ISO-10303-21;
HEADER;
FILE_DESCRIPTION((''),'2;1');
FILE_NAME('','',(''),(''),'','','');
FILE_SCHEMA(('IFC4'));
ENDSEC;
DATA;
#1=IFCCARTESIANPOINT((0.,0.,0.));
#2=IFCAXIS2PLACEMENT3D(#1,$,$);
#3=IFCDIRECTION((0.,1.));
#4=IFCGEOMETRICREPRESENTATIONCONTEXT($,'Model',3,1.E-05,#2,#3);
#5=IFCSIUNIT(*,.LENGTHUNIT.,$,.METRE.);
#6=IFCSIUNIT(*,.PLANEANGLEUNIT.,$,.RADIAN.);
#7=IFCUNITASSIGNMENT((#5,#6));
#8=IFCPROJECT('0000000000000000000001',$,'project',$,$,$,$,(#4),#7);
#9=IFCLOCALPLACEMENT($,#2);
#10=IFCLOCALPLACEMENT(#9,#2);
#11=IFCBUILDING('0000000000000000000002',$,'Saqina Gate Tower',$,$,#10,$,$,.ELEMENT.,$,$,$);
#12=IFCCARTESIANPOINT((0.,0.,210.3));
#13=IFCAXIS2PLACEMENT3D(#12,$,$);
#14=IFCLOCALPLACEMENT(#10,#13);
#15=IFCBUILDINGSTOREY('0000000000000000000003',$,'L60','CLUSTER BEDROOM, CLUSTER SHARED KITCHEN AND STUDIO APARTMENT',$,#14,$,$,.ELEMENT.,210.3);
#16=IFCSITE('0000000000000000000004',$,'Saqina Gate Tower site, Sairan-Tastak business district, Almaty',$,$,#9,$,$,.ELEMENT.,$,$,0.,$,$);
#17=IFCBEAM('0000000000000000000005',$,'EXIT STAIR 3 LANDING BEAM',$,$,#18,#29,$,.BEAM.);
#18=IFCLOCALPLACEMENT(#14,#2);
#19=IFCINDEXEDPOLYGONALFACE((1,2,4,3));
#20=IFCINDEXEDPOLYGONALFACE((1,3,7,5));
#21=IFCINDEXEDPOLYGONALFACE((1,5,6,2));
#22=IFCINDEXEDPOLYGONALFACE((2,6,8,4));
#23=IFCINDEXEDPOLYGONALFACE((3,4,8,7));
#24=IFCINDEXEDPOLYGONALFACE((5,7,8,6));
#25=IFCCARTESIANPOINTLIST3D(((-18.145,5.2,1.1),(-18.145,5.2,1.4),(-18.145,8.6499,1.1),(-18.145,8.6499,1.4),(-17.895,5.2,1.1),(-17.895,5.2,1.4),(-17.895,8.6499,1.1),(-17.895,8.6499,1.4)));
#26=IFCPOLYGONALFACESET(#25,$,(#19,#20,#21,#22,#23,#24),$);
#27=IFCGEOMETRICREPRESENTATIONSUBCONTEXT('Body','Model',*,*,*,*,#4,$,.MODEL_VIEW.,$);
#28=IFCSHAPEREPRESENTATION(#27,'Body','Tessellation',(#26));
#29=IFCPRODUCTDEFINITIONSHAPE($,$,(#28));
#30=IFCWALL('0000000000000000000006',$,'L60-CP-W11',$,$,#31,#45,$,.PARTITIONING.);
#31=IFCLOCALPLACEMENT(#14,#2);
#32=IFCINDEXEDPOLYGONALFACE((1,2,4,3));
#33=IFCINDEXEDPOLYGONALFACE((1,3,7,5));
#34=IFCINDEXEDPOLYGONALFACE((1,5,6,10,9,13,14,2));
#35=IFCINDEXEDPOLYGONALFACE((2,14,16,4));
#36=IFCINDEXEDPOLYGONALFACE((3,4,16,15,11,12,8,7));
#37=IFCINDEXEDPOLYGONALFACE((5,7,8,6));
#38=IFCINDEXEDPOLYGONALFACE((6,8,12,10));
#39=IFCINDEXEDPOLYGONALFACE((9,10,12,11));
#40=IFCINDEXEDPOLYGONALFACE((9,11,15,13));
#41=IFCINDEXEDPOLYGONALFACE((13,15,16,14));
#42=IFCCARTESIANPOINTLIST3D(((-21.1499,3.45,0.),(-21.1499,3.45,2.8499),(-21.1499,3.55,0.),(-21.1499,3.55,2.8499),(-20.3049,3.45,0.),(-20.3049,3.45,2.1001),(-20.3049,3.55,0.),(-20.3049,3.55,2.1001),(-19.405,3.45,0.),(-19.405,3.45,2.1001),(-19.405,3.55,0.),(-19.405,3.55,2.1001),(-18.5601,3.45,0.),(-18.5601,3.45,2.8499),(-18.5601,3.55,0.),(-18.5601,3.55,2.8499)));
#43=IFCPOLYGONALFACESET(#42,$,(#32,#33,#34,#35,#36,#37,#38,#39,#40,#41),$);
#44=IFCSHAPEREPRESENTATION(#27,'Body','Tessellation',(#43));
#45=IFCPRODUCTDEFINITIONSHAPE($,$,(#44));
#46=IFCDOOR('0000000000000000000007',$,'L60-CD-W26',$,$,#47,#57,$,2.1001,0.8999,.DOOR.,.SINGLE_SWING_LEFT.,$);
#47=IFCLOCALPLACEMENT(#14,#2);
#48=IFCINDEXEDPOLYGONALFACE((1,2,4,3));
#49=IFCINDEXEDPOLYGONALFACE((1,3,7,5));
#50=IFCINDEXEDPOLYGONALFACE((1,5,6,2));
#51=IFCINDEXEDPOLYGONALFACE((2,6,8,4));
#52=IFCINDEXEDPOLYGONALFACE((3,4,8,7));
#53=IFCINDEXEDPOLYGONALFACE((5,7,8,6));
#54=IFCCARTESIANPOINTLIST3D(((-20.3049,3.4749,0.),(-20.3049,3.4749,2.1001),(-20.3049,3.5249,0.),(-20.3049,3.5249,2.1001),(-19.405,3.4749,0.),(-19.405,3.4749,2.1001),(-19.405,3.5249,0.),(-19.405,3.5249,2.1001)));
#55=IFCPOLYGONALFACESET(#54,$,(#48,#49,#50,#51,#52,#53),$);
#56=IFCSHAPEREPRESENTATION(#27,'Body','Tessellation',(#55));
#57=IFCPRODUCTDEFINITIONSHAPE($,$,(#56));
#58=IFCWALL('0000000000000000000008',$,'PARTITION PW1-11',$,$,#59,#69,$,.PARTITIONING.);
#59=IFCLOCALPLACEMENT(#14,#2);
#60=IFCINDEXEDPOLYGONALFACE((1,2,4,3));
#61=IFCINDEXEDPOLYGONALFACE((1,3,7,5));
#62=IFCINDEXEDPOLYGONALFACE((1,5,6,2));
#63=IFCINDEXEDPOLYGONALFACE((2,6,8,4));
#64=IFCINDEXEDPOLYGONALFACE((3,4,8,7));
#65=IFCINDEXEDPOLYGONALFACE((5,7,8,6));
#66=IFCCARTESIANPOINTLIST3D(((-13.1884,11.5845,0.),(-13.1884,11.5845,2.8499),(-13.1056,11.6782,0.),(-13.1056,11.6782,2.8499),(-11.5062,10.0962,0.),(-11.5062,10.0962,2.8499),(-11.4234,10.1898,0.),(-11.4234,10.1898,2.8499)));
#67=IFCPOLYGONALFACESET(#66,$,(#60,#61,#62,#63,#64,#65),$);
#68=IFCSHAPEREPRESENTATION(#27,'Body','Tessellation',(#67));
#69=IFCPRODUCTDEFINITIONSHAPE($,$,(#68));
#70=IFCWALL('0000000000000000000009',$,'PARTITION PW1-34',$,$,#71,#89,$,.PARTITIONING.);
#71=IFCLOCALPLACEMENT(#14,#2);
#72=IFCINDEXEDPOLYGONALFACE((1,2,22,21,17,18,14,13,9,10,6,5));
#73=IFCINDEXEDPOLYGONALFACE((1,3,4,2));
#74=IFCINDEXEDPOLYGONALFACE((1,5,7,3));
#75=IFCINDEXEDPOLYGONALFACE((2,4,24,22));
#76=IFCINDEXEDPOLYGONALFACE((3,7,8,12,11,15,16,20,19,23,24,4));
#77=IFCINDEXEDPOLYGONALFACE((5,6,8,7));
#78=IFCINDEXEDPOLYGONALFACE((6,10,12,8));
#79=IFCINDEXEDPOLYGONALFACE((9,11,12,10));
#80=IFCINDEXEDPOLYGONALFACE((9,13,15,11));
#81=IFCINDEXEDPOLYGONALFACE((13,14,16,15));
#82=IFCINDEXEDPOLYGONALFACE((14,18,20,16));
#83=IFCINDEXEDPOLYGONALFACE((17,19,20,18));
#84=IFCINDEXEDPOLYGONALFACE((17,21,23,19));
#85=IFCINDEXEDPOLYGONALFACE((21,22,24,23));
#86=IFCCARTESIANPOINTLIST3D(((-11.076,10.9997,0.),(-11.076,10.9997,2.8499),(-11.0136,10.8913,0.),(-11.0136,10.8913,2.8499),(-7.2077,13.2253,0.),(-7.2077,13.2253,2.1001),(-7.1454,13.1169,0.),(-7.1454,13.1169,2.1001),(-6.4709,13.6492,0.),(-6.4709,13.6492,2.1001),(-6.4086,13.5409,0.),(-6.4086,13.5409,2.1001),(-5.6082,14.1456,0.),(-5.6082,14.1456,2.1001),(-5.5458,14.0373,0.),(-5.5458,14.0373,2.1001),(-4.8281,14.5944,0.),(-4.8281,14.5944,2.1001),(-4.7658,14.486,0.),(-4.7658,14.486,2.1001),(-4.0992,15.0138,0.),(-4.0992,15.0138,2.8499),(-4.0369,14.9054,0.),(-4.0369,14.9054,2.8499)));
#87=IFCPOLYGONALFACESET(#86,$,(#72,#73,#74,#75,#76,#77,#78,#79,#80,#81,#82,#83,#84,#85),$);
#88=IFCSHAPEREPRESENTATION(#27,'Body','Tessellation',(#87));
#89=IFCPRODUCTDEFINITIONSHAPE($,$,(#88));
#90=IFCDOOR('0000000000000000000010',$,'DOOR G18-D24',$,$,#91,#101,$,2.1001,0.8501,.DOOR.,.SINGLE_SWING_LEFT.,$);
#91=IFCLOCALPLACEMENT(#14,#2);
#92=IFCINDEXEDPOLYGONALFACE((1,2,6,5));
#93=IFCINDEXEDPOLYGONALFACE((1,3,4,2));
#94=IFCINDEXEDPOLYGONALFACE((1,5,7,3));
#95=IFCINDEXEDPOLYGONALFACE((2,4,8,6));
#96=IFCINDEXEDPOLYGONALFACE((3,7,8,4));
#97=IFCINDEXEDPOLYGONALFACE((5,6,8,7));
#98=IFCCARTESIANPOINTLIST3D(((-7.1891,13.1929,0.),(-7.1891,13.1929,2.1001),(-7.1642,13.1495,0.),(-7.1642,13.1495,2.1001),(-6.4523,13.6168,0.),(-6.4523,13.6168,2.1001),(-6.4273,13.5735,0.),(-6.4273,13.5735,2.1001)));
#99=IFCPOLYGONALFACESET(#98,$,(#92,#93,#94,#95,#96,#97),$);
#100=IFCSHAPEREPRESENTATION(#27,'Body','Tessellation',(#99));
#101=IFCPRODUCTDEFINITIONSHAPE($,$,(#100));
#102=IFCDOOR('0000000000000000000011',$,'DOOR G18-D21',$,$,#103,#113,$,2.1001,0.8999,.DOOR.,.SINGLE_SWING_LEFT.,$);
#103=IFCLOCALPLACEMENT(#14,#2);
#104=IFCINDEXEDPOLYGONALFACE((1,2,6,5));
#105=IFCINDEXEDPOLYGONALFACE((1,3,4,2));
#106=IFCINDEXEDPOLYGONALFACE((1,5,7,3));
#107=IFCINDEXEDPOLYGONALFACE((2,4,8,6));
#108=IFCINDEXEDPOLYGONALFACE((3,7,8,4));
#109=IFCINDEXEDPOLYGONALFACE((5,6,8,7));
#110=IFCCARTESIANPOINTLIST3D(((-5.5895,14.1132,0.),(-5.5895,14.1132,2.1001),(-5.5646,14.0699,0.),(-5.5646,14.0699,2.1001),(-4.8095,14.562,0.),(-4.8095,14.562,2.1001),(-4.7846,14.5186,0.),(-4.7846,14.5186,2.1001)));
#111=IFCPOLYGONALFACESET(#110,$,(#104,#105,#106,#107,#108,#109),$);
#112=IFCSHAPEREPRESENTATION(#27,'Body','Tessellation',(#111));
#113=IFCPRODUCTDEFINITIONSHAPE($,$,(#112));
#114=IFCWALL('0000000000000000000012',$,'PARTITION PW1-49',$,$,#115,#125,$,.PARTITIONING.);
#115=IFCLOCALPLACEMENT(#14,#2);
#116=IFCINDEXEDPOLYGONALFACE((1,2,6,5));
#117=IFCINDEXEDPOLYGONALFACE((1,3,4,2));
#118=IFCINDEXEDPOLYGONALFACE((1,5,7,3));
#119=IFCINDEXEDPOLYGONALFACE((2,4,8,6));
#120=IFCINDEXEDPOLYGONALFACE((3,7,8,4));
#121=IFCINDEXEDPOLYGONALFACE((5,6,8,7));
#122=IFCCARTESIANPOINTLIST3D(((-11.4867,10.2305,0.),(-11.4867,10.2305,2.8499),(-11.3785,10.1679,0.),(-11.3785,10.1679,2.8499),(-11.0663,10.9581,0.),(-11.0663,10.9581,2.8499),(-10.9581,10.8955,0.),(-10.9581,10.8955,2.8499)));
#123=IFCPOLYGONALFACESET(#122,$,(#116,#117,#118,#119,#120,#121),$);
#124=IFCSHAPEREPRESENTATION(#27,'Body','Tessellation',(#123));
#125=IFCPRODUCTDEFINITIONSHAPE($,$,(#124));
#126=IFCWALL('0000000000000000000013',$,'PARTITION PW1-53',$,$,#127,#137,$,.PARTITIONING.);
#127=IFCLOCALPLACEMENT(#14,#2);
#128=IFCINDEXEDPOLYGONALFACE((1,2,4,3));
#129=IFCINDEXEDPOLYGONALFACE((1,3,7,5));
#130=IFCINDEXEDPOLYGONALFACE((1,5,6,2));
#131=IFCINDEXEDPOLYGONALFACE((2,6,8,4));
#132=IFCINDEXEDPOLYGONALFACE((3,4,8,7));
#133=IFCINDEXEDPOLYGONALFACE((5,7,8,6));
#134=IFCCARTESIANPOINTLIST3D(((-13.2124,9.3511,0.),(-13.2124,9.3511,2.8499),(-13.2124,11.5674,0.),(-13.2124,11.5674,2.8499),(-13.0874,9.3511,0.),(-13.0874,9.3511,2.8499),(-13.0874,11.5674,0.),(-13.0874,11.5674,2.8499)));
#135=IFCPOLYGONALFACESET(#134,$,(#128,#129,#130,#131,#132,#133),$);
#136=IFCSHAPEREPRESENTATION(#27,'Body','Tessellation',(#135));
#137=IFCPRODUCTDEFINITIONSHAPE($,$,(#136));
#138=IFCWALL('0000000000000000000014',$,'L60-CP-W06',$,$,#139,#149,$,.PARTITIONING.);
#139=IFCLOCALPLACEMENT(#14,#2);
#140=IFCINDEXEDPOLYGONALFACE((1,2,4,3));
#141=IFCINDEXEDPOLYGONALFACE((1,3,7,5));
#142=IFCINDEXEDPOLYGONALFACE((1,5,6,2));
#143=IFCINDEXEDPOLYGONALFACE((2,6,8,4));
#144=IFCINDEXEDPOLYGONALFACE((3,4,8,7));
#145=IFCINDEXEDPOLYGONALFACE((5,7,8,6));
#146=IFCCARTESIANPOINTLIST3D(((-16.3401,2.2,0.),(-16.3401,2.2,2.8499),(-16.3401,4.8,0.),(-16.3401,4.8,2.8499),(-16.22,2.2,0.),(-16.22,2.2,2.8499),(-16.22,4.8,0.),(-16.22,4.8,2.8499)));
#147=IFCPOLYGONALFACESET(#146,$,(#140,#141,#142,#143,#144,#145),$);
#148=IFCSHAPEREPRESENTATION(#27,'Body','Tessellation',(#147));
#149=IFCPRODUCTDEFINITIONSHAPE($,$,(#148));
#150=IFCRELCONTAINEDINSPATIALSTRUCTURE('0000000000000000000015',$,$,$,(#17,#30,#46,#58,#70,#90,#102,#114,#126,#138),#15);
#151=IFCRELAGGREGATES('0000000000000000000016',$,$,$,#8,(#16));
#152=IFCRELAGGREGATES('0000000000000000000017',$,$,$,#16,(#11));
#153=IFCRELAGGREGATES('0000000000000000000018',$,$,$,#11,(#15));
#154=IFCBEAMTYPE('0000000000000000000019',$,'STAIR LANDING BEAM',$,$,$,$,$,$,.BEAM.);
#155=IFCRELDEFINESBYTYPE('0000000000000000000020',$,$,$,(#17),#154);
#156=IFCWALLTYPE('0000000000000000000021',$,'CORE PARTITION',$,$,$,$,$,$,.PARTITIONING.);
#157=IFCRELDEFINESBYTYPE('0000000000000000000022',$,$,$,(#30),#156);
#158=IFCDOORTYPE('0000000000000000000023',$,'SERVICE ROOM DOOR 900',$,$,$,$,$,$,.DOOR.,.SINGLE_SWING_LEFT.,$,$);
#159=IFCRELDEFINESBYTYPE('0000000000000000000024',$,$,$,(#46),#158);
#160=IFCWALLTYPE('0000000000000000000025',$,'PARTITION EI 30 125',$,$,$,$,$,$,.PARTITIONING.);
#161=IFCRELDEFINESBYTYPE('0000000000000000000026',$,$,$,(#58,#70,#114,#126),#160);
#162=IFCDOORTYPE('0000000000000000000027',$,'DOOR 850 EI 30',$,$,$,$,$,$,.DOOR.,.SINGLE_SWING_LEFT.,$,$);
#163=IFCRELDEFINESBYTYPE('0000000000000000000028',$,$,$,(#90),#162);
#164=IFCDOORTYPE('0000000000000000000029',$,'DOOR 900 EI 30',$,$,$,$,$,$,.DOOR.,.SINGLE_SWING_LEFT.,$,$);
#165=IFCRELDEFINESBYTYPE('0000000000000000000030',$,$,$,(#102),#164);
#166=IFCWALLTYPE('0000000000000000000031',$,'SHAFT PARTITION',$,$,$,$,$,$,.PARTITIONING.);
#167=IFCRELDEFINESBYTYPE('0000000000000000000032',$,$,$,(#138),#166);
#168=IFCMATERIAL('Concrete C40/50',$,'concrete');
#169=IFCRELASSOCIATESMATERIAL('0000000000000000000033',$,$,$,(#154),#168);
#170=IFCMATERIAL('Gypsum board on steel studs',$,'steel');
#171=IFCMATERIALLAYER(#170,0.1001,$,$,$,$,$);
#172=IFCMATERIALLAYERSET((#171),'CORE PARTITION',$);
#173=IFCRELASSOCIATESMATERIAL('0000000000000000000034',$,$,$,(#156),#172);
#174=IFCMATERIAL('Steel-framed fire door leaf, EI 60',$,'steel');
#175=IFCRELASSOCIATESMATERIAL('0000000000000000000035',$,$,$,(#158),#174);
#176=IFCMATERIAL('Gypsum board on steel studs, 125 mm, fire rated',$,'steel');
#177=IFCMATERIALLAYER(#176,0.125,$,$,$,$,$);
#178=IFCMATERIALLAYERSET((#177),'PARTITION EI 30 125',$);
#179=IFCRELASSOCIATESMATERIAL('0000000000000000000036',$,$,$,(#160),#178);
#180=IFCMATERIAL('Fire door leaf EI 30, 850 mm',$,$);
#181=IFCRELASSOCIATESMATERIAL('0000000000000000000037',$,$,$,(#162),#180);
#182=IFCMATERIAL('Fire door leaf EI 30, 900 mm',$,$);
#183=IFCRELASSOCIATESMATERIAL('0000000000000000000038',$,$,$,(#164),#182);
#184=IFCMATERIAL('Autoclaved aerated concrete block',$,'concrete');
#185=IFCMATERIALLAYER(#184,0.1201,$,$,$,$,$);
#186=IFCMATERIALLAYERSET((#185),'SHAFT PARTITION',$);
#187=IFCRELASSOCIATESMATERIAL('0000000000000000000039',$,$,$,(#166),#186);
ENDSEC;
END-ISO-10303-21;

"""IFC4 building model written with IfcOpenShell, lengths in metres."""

from ifc_helpers import new_model, si_unit, direction, frame, frame_2d, origin, origin_2d, place, context, subcontext, project, spatial, rectangle, extrude, material, layer, layer_set, material_profile, profile_set, type_object, element, fill, save


model = new_model("IFC4")

# Units and contexts
model_context = context("Model", 3, precision=1e-05, world=origin(), true_north=direction((0.0, 1.0)))
body_context = subcontext(model_context, "Body", "Model", "MODEL_VIEW")
ifc_project = project(units=[si_unit("LENGTHUNIT", "METRE"), si_unit("PLANEANGLEUNIT", "RADIAN")], contexts=[model_context])

# Site, building, storey
site_placement = place(None, origin())
site = spatial("IfcSite", under=ifc_project, at=site_placement, Name="Saqina Gate Tower site, Sairan-Tastak business district, Almaty", CompositionType="ELEMENT", RefElevation=0.0)
building_placement = place(site_placement, origin())
building = spatial("IfcBuilding", under=site, at=building_placement, Name="Saqina Gate Tower", CompositionType="ELEMENT")
storey_placement = place(building_placement, frame((0.0, 0.0, 210.3)))
storey = spatial("IfcBuildingStorey", under=building, at=storey_placement, Name="L60", Description="CLUSTER BEDROOM, CLUSTER SHARED KITCHEN AND STUDIO APARTMENT", CompositionType="ELEMENT", Elevation=210.3)

# Beam
ifc_material_1 = material(Name="Concrete C40/50", Category="concrete")
ifc_material_profile = material_profile(ifc_material_1, rectangle(XDim=0.25, YDim=0.3, at=origin_2d()), Name="STAIR LANDING BEAM")
ifc_profile_set = profile_set([ifc_material_profile], Name="Concrete C40/50")
beam_type = type_object("IfcBeamType", Name="STAIR LANDING BEAM", PredefinedType="BEAM", material=ifc_profile_set)
beam_placement = place(storey_placement, frame((-18.02, 5.2, 1.25), z_axis=(0.0, 1.0, 0.0), x_axis=(-1.0, 0.0, 0.0)))
element("IfcBeam", 1, at=beam_placement, inside=storey, type_object=beam_type, Name="EXIT STAIR 3 LANDING BEAM", PredefinedType="BEAM", context=body_context, shape_type="SweptSolid", body=[
    extrude(rectangle(XDim=0.25, YDim=0.3, at=origin_2d()), origin(), (0.0, 0.0, 1.0), 3.45),
])

# Wall, opening, door
ifc_material_2 = material(Name="Gypsum board on steel studs", Category="steel")
ifc_layer_1 = layer(ifc_material_2, 0.1001)
ifc_layer_set_1 = layer_set([ifc_layer_1], Name="CORE PARTITION")
wall_type_1 = type_object("IfcWallType", Name="CORE PARTITION", PredefinedType="PARTITIONING", material=ifc_layer_set_1)
wall_1_placement = place(storey_placement, frame((-18.5601, 3.5, 0.0), z_axis=(0.0, 0.0, 1.0), x_axis=(-1.0, 0.0, 0.0)))
wall_1 = element("IfcWall", 2, at=wall_1_placement, inside=storey, type_object=wall_type_1, Name="L60-CP-W11", PredefinedType="PARTITIONING", context=body_context, shape_type="SweptSolid", body=[
    extrude(rectangle(XDim=2.5898, YDim=0.1001, at=frame_2d((1.2949, 0.0))), origin(), (0.0, 0.0, 1.0), 2.8499),
])
opening_1_placement = place(wall_1_placement, frame((0.845, 0.0, 0.0)))
opening_1 = element("IfcOpeningElement", 3, at=opening_1_placement, cuts=wall_1, PredefinedType="OPENING", context=body_context, shape_type="SweptSolid", body=[
    extrude(rectangle(XDim=0.8999, YDim=2.1001, at=frame_2d((0.45, 1.05))), frame((0.0, 0.062, 0.0), z_axis=(0.0, -1.0, 0.0), x_axis=(1.0, 0.0, 0.0)), (0.0, 0.0, 1.0), 0.124),
])
ifc_material_3 = material(Name="Steel-framed fire door leaf, EI 60", Category="steel")
door_type_1 = type_object("IfcDoorType", Name="SERVICE ROOM DOOR 900", OperationType="SINGLE_SWING_LEFT", PredefinedType="DOOR", material=ifc_material_3)
door_1_placement = place(opening_1_placement, frame((0.8999, 0.0, 0.0), z_axis=(0.0, 0.0, 1.0), x_axis=(-1.0, 0.0, 0.0)))
door_1 = element("IfcDoor", 4, at=door_1_placement, inside=storey, type_object=door_type_1, Name="L60-CD-W26", OperationType="SINGLE_SWING_LEFT", OverallHeight=2.1001, OverallWidth=0.8999, PredefinedType="DOOR", context=body_context, shape_type="SweptSolid", body=[
    extrude(rectangle(XDim=0.8999, YDim=2.1001, at=frame_2d((0.45, 1.05))), frame((0.0, 0.0249, 0.0), z_axis=(0.0, -1.0, 0.0), x_axis=(1.0, 0.0, 0.0)), (0.0, 0.0, 1.0), 0.05),
])
fill(opening_1, door_1)

# Wall
ifc_material_4 = material(Name="Gypsum board on steel studs, 125 mm, fire rated", Category="steel")
ifc_layer_2 = layer(ifc_material_4, 0.125)
ifc_layer_set_2 = layer_set([ifc_layer_2], Name="PARTITION EI 30 125")
wall_type_2 = type_object("IfcWallType", Name="PARTITION EI 30 125", PredefinedType="PARTITIONING", material=ifc_layer_set_2)
wall_2_placement = place(storey_placement, frame((-13.147, 11.6313, 0.0), z_axis=(0.0, 0.0, 1.0), x_axis=(0.748943, -0.662635, 0.0)))
element("IfcWall", 5, at=wall_2_placement, inside=storey, type_object=wall_type_2, Name="PARTITION PW1-11", PredefinedType="PARTITIONING", context=body_context, shape_type="SweptSolid", body=[
    extrude(rectangle(XDim=2.2461, YDim=0.125, at=frame_2d((1.123, 0.0))), origin(), (0.0, 0.0, 1.0), 2.8499),
])

# Wall, openings, doors
wall_3_placement = place(storey_placement, frame((-11.0447, 10.9456, 0.0), z_axis=(0.0, 0.0, 1.0), x_axis=(0.866772, 0.498704, 0.0)))
wall_3 = element("IfcWall", 6, at=wall_3_placement, inside=storey, type_object=wall_type_2, Name="PARTITION PW1-34", PredefinedType="PARTITIONING", context=body_context, shape_type="SweptSolid", body=[
    extrude(rectangle(XDim=8.0491, YDim=0.125, at=frame_2d((4.0244, 0.0))), origin(), (0.0, 0.0, 1.0), 2.8499),
])
opening_2_placement = place(wall_3_placement, frame((6.3081, 0.0, 0.0)))
opening_2 = element("IfcOpeningElement", 7, at=opening_2_placement, cuts=wall_3, PredefinedType="OPENING", context=body_context, shape_type="SweptSolid", body=[
    extrude(rectangle(XDim=0.8999, YDim=2.1001, at=frame_2d((0.45, 1.05))), frame((0.0, 0.0745, 0.0), z_axis=(0.0, -1.0, 0.0), x_axis=(1.0, 0.0, 0.0)), (0.0, 0.0, 1.0), 0.1489),
])
opening_3_placement = place(wall_3_placement, frame((4.4626, 0.0, 0.0)))
opening_3 = element("IfcOpeningElement", 8, at=opening_3_placement, cuts=wall_3, PredefinedType="OPENING", context=body_context, shape_type="SweptSolid", body=[
    extrude(rectangle(XDim=0.8501, YDim=2.1001, at=frame_2d((0.425, 1.05))), frame((0.0, 0.0745, 0.0), z_axis=(0.0, -1.0, 0.0), x_axis=(1.0, 0.0, 0.0)), (0.0, 0.0, 1.0), 0.1489),
])
ifc_material_5 = material(Name="Fire door leaf EI 30, 850 mm")
door_type_2 = type_object("IfcDoorType", Name="DOOR 850 EI 30", OperationType="SINGLE_SWING_LEFT", PredefinedType="DOOR", material=ifc_material_5)
door_2_placement = place(opening_3_placement, frame((0.8501, 0.0, 0.0), z_axis=(0.0, 0.0, 1.0), x_axis=(-1.0, 0.0, 0.0)))
door_2 = element("IfcDoor", 9, at=door_2_placement, inside=storey, type_object=door_type_2, Name="DOOR G18-D24", OperationType="SINGLE_SWING_LEFT", OverallHeight=2.1001, OverallWidth=0.8501, PredefinedType="DOOR", context=body_context, shape_type="SweptSolid", body=[
    extrude(rectangle(XDim=0.8501, YDim=2.1001, at=frame_2d((0.425, 1.05))), frame((0.0, 0.0249, 0.0), z_axis=(0.0, -1.0, 0.0), x_axis=(1.0, 0.0, 0.0)), (0.0, 0.0, 1.0), 0.05),
])
fill(opening_3, door_2)
ifc_material_6 = material(Name="Fire door leaf EI 30, 900 mm")
door_type_3 = type_object("IfcDoorType", Name="DOOR 900 EI 30", OperationType="SINGLE_SWING_LEFT", PredefinedType="DOOR", material=ifc_material_6)
door_3_placement = place(opening_2_placement, frame((0.8999, 0.0, 0.0), z_axis=(0.0, 0.0, 1.0), x_axis=(-1.0, 0.0, 0.0)))
door_3 = element("IfcDoor", 10, at=door_3_placement, inside=storey, type_object=door_type_3, Name="DOOR G18-D21", OperationType="SINGLE_SWING_LEFT", OverallHeight=2.1001, OverallWidth=0.8999, PredefinedType="DOOR", context=body_context, shape_type="SweptSolid", body=[
    extrude(rectangle(XDim=0.8999, YDim=2.1001, at=frame_2d((0.45, 1.05))), frame((0.0, 0.0249, 0.0), z_axis=(0.0, -1.0, 0.0), x_axis=(1.0, 0.0, 0.0)), (0.0, 0.0, 1.0), 0.05),
])
fill(opening_2, door_3)

# Walls
wall_4_placement = place(storey_placement, frame((-11.4326, 10.1992, 0.0), z_axis=(0.0, 0.0, 1.0), x_axis=(0.500326, 0.865837, 0.0)))
element("IfcWall", 11, at=wall_4_placement, inside=storey, type_object=wall_type_2, Name="PARTITION PW1-49", PredefinedType="PARTITIONING", context=body_context, shape_type="SweptSolid", body=[
    extrude(rectangle(XDim=0.8403, YDim=0.125, at=frame_2d((0.4202, 0.0))), origin(), (0.0, 0.0, 1.0), 2.8499),
])
wall_5_placement = place(storey_placement, frame((-13.1499, 9.3511, 0.0), z_axis=(0.0, 0.0, 1.0), x_axis=(0.0, 1.0, 0.0)))
element("IfcWall", 12, at=wall_5_placement, inside=storey, type_object=wall_type_2, Name="PARTITION PW1-53", PredefinedType="PARTITIONING", context=body_context, shape_type="SweptSolid", body=[
    extrude(rectangle(XDim=2.2163, YDim=0.125, at=frame_2d((1.1082, 0.0))), origin(), (0.0, 0.0, 1.0), 2.8499),
])
ifc_material_7 = material(Name="Autoclaved aerated concrete block", Category="concrete")
ifc_layer_3 = layer(ifc_material_7, 0.1201)
ifc_layer_set_3 = layer_set([ifc_layer_3], Name="SHAFT PARTITION")
wall_type_3 = type_object("IfcWallType", Name="SHAFT PARTITION", PredefinedType="PARTITIONING", material=ifc_layer_set_3)
wall_6_placement = place(storey_placement, frame((-16.28, 2.2, 0.0), z_axis=(0.0, 0.0, 1.0), x_axis=(0.0, 1.0, 0.0)))
element("IfcWall", 13, at=wall_6_placement, inside=storey, type_object=wall_type_3, Name="L60-CP-W06", PredefinedType="PARTITIONING", context=body_context, shape_type="SweptSolid", body=[
    extrude(rectangle(XDim=2.6001, YDim=0.1201, at=frame_2d((1.3, 0.0))), origin(), (0.0, 0.0, 1.0), 2.8499),
])

save(model, "model.ifc")
